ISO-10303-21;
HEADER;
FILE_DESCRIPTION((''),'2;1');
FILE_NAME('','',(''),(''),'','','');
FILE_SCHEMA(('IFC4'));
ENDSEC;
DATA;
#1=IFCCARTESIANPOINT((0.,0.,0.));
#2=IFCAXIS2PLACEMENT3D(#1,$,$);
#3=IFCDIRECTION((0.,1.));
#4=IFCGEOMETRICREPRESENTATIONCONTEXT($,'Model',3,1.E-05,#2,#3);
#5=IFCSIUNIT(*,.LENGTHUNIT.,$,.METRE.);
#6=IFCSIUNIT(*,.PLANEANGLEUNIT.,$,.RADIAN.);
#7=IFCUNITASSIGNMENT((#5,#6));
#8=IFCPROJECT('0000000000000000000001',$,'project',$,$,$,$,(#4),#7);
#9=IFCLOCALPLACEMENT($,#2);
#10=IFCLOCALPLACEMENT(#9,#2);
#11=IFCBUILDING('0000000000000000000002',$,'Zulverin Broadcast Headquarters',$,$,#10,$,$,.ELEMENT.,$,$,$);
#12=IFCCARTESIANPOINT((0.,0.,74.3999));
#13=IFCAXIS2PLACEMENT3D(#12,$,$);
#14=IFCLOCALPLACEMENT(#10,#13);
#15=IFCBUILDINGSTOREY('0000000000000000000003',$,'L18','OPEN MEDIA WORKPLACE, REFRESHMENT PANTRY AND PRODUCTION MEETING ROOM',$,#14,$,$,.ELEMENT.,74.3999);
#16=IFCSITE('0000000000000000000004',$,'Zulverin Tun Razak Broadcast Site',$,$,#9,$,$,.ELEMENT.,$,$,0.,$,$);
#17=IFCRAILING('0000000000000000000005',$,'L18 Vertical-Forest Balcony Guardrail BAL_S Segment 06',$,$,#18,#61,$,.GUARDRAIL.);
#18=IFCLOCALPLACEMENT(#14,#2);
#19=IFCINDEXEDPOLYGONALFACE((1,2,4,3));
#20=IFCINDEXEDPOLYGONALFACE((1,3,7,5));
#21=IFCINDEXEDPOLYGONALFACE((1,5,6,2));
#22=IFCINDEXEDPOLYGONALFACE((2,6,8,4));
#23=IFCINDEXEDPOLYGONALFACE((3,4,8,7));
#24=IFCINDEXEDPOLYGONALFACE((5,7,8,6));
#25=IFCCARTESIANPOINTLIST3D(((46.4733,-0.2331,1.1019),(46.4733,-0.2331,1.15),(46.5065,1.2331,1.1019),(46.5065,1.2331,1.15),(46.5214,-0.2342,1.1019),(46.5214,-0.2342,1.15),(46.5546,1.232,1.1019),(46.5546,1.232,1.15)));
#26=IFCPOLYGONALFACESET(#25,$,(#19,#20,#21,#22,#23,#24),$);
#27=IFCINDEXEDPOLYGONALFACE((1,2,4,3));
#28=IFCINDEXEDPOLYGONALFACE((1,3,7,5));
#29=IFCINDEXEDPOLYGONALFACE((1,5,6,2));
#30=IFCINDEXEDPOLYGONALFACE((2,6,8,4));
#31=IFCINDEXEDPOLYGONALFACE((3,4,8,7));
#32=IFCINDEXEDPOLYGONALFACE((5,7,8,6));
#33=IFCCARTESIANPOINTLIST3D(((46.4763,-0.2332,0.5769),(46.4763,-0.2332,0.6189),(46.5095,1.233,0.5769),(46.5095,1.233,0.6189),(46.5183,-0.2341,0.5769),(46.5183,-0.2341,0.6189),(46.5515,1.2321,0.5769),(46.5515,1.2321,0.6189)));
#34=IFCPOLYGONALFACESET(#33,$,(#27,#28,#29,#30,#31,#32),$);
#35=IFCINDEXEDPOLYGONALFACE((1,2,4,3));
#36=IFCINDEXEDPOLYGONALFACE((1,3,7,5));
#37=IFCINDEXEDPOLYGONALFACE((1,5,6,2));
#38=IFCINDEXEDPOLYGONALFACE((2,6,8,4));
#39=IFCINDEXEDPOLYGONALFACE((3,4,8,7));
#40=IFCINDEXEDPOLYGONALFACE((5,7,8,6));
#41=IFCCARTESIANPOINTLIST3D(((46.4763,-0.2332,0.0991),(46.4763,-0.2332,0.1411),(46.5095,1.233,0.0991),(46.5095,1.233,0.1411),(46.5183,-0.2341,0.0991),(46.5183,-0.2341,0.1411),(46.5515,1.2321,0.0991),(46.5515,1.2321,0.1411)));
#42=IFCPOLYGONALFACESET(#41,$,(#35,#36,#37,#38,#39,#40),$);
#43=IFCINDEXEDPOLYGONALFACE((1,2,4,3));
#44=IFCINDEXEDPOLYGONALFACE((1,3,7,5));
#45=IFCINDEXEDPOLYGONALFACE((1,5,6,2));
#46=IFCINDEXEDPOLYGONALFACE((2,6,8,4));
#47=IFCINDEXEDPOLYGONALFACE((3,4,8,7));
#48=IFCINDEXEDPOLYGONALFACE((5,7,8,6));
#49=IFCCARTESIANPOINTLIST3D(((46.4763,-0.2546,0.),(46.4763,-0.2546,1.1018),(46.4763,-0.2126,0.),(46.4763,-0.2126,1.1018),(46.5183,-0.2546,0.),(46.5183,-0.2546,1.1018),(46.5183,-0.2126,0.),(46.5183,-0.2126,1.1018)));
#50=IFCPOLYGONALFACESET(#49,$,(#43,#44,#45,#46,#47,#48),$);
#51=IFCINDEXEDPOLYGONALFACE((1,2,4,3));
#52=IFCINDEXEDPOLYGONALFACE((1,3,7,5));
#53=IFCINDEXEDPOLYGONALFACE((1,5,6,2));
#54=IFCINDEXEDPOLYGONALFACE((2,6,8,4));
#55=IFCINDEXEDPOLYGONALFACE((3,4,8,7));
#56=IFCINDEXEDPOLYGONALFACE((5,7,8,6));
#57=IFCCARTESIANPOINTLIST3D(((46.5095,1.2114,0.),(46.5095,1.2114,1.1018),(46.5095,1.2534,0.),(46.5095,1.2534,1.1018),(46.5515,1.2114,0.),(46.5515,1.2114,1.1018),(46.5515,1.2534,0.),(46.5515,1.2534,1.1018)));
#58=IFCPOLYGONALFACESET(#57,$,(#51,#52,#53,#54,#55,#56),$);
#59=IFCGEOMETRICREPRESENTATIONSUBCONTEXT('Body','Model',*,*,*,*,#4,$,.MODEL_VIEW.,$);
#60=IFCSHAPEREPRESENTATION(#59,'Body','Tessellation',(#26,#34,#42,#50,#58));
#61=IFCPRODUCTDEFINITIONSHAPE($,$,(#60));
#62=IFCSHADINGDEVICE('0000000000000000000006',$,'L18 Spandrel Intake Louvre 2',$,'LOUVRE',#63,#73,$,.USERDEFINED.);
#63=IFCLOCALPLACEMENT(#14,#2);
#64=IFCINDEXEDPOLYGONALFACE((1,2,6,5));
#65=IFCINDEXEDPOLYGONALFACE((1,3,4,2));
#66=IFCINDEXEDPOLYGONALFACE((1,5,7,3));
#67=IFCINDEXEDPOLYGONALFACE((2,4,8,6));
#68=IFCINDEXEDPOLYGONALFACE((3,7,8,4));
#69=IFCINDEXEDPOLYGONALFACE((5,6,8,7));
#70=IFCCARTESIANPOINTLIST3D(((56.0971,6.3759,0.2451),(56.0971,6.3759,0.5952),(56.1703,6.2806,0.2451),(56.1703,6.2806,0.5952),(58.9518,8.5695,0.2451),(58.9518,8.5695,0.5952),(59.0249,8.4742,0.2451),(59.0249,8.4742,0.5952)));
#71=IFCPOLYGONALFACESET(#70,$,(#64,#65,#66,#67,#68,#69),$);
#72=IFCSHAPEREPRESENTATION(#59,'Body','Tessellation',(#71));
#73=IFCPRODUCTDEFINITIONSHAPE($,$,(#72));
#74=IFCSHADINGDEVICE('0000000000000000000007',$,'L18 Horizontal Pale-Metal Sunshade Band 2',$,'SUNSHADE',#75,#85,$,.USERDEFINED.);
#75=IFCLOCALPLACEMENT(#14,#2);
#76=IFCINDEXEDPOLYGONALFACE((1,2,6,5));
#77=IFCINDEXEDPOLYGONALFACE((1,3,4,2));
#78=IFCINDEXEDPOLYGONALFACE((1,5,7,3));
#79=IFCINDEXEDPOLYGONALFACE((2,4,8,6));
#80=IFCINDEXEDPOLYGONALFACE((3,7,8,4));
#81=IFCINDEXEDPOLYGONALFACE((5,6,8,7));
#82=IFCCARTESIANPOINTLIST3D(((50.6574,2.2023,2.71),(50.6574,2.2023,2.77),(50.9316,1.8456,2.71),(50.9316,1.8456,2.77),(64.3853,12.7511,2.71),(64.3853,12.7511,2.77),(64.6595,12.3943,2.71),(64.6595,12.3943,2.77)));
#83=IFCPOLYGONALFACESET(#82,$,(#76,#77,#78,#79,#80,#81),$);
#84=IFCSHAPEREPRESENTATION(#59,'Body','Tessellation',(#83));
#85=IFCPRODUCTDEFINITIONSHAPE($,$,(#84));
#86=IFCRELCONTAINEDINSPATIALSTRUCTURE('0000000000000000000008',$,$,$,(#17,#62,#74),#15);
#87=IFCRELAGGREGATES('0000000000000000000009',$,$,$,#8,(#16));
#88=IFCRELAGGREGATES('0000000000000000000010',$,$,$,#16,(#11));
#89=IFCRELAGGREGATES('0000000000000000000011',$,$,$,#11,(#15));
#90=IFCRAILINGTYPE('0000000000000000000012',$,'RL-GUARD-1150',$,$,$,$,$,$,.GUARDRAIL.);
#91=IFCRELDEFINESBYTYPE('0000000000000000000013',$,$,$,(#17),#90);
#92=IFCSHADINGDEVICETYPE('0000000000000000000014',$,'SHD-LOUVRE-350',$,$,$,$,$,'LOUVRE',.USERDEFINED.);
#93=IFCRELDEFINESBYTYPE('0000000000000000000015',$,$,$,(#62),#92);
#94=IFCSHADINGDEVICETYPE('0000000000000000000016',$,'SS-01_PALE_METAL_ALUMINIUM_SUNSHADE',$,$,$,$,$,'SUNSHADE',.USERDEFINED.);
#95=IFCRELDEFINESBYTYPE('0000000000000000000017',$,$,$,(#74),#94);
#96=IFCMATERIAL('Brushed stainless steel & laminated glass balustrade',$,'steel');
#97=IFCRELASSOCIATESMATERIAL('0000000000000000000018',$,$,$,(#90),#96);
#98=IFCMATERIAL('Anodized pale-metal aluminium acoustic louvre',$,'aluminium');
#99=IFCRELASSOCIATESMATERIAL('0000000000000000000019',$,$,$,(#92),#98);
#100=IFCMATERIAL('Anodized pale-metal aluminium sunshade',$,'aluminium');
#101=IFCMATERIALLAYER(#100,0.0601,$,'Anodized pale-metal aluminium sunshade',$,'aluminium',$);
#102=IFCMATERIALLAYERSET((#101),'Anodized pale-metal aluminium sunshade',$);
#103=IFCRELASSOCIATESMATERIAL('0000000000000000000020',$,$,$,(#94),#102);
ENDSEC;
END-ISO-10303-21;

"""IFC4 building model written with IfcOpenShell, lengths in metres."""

from ifc_helpers import new_model, si_unit, direction, frame, origin, origin_2d, place, context, subcontext, project, spatial, rectangle, extrude, material, layer, layer_set, type_object, element, save


model = new_model("IFC4")

# Units and contexts
model_context = context("Model", 3, precision=1e-05, world=origin(), true_north=direction((0.0, 1.0)))
body_context = subcontext(model_context, "Body", "Model", "MODEL_VIEW")
ifc_project = project(units=[si_unit("LENGTHUNIT", "METRE"), si_unit("PLANEANGLEUNIT", "RADIAN")], contexts=[model_context])

# Site, building, storey
site_placement = place(None, origin())
site = spatial("IfcSite", under=ifc_project, at=site_placement, Name="Zulverin Tun Razak Broadcast Site", CompositionType="ELEMENT", RefElevation=0.0)
building_placement = place(site_placement, origin())
building = spatial("IfcBuilding", under=site, at=building_placement, Name="Zulverin Broadcast Headquarters", CompositionType="ELEMENT")
storey_placement = place(building_placement, frame((0.0, 0.0, 74.3999)))
storey = spatial("IfcBuildingStorey", under=building, at=storey_placement, Name="L18", Description="OPEN MEDIA WORKPLACE, REFRESHMENT PANTRY AND PRODUCTION MEETING ROOM", CompositionType="ELEMENT", Elevation=74.3999)

# Railing
ifc_material_1 = material(Name="Brushed stainless steel & laminated glass balustrade", Category="steel")
railing_type = type_object("IfcRailingType", Name="RL-GUARD-1150", PredefinedType="GUARDRAIL", material=ifc_material_1)
railing_placement = place(storey_placement, frame((46.4973, -0.2336, 0.0)))
element("IfcRailing", 1, at=railing_placement, inside=storey, type_object=railing_type, Name="L18 Vertical-Forest Balcony Guardrail BAL_S Segment 06", PredefinedType="GUARDRAIL", context=body_context, shape_type="SweptSolid", body=[
    extrude(rectangle(XDim=0.0481, YDim=0.0481, at=origin_2d()), frame((0.0, 0.0, 1.126), z_axis=(0.022642, 0.999744, 0.0), x_axis=(-0.999744, 0.022642, 0.0)), (0.0, 0.0, 1.0), 1.4666),
    extrude(rectangle(XDim=0.042, YDim=0.042, at=origin_2d()), frame((0.0, 0.0, 0.5979), z_axis=(0.022642, 0.999744, 0.0), x_axis=(-0.999744, 0.022642, 0.0)), (0.0, 0.0, 1.0), 1.4666),
    extrude(rectangle(XDim=0.042, YDim=0.042, at=origin_2d()), frame((0.0, 0.0, 0.1201), z_axis=(0.022642, 0.999744, 0.0), x_axis=(-0.999744, 0.022642, 0.0)), (0.0, 0.0, 1.0), 1.4666),
    extrude(rectangle(XDim=0.042, YDim=0.042, at=origin_2d()), origin(), (0.0, 0.0, 1.0), 1.1018),
    extrude(rectangle(XDim=0.042, YDim=0.042, at=origin_2d()), frame((0.0332, 1.4661, 0.0)), (0.0, 0.0, 1.0), 1.1018),
])

# Shading devices
ifc_material_2 = material(Name="Anodized pale-metal aluminium acoustic louvre", Category="aluminium")
shading_device_type_1 = type_object("IfcShadingDeviceType", Name="SHD-LOUVRE-350", ElementType="LOUVRE", PredefinedType="USERDEFINED", material=ifc_material_2)
shading_device_1_placement = place(storey_placement, frame((57.561, 7.425, 0.2451), z_axis=(0.0, 0.0, 1.0), x_axis=(0.792933, 0.609308, 0.0)))
element("IfcShadingDevice", 2, at=shading_device_1_placement, inside=storey, type_object=shading_device_type_1, Name="L18 Spandrel Intake Louvre 2", ObjectType="LOUVRE", PredefinedType="USERDEFINED", context=body_context, shape_type="SweptSolid", body=[
    extrude(rectangle(XDim=3.6001, YDim=0.1201, at=origin_2d()), origin(), (0.0, 0.0, 1.0), 0.3501),
])
ifc_material_3 = material(Name="Anodized pale-metal aluminium sunshade", Category="aluminium")
ifc_layer_1 = layer(ifc_material_3, 0.0601, Name="Anodized pale-metal aluminium sunshade", Category="aluminium")
ifc_layer_set_1 = layer_set([ifc_layer_1], Name="Anodized pale-metal aluminium sunshade")
shading_device_type_2 = type_object("IfcShadingDeviceType", Name="SS-01_PALE_METAL_ALUMINIUM_SUNSHADE", ElementType="SUNSHADE", PredefinedType="USERDEFINED", material=ifc_layer_set_1)
shading_device_2_placement = place(storey_placement, frame((57.6584, 7.2983, 2.71), z_axis=(0.0, 0.0, 1.0), x_axis=(0.792933, 0.609308, 0.0)))
element("IfcShadingDevice", 3, at=shading_device_2_placement, inside=storey, type_object=shading_device_type_2, Name="L18 Horizontal Pale-Metal Sunshade Band 2", ObjectType="SUNSHADE", PredefinedType="USERDEFINED", context=body_context, shape_type="SweptSolid", body=[
    extrude(rectangle(XDim=17.3127, YDim=0.45, at=origin_2d()), origin(), (0.0, 0.0, 1.0), 0.0601),
])

save(model, "model.ifc")
